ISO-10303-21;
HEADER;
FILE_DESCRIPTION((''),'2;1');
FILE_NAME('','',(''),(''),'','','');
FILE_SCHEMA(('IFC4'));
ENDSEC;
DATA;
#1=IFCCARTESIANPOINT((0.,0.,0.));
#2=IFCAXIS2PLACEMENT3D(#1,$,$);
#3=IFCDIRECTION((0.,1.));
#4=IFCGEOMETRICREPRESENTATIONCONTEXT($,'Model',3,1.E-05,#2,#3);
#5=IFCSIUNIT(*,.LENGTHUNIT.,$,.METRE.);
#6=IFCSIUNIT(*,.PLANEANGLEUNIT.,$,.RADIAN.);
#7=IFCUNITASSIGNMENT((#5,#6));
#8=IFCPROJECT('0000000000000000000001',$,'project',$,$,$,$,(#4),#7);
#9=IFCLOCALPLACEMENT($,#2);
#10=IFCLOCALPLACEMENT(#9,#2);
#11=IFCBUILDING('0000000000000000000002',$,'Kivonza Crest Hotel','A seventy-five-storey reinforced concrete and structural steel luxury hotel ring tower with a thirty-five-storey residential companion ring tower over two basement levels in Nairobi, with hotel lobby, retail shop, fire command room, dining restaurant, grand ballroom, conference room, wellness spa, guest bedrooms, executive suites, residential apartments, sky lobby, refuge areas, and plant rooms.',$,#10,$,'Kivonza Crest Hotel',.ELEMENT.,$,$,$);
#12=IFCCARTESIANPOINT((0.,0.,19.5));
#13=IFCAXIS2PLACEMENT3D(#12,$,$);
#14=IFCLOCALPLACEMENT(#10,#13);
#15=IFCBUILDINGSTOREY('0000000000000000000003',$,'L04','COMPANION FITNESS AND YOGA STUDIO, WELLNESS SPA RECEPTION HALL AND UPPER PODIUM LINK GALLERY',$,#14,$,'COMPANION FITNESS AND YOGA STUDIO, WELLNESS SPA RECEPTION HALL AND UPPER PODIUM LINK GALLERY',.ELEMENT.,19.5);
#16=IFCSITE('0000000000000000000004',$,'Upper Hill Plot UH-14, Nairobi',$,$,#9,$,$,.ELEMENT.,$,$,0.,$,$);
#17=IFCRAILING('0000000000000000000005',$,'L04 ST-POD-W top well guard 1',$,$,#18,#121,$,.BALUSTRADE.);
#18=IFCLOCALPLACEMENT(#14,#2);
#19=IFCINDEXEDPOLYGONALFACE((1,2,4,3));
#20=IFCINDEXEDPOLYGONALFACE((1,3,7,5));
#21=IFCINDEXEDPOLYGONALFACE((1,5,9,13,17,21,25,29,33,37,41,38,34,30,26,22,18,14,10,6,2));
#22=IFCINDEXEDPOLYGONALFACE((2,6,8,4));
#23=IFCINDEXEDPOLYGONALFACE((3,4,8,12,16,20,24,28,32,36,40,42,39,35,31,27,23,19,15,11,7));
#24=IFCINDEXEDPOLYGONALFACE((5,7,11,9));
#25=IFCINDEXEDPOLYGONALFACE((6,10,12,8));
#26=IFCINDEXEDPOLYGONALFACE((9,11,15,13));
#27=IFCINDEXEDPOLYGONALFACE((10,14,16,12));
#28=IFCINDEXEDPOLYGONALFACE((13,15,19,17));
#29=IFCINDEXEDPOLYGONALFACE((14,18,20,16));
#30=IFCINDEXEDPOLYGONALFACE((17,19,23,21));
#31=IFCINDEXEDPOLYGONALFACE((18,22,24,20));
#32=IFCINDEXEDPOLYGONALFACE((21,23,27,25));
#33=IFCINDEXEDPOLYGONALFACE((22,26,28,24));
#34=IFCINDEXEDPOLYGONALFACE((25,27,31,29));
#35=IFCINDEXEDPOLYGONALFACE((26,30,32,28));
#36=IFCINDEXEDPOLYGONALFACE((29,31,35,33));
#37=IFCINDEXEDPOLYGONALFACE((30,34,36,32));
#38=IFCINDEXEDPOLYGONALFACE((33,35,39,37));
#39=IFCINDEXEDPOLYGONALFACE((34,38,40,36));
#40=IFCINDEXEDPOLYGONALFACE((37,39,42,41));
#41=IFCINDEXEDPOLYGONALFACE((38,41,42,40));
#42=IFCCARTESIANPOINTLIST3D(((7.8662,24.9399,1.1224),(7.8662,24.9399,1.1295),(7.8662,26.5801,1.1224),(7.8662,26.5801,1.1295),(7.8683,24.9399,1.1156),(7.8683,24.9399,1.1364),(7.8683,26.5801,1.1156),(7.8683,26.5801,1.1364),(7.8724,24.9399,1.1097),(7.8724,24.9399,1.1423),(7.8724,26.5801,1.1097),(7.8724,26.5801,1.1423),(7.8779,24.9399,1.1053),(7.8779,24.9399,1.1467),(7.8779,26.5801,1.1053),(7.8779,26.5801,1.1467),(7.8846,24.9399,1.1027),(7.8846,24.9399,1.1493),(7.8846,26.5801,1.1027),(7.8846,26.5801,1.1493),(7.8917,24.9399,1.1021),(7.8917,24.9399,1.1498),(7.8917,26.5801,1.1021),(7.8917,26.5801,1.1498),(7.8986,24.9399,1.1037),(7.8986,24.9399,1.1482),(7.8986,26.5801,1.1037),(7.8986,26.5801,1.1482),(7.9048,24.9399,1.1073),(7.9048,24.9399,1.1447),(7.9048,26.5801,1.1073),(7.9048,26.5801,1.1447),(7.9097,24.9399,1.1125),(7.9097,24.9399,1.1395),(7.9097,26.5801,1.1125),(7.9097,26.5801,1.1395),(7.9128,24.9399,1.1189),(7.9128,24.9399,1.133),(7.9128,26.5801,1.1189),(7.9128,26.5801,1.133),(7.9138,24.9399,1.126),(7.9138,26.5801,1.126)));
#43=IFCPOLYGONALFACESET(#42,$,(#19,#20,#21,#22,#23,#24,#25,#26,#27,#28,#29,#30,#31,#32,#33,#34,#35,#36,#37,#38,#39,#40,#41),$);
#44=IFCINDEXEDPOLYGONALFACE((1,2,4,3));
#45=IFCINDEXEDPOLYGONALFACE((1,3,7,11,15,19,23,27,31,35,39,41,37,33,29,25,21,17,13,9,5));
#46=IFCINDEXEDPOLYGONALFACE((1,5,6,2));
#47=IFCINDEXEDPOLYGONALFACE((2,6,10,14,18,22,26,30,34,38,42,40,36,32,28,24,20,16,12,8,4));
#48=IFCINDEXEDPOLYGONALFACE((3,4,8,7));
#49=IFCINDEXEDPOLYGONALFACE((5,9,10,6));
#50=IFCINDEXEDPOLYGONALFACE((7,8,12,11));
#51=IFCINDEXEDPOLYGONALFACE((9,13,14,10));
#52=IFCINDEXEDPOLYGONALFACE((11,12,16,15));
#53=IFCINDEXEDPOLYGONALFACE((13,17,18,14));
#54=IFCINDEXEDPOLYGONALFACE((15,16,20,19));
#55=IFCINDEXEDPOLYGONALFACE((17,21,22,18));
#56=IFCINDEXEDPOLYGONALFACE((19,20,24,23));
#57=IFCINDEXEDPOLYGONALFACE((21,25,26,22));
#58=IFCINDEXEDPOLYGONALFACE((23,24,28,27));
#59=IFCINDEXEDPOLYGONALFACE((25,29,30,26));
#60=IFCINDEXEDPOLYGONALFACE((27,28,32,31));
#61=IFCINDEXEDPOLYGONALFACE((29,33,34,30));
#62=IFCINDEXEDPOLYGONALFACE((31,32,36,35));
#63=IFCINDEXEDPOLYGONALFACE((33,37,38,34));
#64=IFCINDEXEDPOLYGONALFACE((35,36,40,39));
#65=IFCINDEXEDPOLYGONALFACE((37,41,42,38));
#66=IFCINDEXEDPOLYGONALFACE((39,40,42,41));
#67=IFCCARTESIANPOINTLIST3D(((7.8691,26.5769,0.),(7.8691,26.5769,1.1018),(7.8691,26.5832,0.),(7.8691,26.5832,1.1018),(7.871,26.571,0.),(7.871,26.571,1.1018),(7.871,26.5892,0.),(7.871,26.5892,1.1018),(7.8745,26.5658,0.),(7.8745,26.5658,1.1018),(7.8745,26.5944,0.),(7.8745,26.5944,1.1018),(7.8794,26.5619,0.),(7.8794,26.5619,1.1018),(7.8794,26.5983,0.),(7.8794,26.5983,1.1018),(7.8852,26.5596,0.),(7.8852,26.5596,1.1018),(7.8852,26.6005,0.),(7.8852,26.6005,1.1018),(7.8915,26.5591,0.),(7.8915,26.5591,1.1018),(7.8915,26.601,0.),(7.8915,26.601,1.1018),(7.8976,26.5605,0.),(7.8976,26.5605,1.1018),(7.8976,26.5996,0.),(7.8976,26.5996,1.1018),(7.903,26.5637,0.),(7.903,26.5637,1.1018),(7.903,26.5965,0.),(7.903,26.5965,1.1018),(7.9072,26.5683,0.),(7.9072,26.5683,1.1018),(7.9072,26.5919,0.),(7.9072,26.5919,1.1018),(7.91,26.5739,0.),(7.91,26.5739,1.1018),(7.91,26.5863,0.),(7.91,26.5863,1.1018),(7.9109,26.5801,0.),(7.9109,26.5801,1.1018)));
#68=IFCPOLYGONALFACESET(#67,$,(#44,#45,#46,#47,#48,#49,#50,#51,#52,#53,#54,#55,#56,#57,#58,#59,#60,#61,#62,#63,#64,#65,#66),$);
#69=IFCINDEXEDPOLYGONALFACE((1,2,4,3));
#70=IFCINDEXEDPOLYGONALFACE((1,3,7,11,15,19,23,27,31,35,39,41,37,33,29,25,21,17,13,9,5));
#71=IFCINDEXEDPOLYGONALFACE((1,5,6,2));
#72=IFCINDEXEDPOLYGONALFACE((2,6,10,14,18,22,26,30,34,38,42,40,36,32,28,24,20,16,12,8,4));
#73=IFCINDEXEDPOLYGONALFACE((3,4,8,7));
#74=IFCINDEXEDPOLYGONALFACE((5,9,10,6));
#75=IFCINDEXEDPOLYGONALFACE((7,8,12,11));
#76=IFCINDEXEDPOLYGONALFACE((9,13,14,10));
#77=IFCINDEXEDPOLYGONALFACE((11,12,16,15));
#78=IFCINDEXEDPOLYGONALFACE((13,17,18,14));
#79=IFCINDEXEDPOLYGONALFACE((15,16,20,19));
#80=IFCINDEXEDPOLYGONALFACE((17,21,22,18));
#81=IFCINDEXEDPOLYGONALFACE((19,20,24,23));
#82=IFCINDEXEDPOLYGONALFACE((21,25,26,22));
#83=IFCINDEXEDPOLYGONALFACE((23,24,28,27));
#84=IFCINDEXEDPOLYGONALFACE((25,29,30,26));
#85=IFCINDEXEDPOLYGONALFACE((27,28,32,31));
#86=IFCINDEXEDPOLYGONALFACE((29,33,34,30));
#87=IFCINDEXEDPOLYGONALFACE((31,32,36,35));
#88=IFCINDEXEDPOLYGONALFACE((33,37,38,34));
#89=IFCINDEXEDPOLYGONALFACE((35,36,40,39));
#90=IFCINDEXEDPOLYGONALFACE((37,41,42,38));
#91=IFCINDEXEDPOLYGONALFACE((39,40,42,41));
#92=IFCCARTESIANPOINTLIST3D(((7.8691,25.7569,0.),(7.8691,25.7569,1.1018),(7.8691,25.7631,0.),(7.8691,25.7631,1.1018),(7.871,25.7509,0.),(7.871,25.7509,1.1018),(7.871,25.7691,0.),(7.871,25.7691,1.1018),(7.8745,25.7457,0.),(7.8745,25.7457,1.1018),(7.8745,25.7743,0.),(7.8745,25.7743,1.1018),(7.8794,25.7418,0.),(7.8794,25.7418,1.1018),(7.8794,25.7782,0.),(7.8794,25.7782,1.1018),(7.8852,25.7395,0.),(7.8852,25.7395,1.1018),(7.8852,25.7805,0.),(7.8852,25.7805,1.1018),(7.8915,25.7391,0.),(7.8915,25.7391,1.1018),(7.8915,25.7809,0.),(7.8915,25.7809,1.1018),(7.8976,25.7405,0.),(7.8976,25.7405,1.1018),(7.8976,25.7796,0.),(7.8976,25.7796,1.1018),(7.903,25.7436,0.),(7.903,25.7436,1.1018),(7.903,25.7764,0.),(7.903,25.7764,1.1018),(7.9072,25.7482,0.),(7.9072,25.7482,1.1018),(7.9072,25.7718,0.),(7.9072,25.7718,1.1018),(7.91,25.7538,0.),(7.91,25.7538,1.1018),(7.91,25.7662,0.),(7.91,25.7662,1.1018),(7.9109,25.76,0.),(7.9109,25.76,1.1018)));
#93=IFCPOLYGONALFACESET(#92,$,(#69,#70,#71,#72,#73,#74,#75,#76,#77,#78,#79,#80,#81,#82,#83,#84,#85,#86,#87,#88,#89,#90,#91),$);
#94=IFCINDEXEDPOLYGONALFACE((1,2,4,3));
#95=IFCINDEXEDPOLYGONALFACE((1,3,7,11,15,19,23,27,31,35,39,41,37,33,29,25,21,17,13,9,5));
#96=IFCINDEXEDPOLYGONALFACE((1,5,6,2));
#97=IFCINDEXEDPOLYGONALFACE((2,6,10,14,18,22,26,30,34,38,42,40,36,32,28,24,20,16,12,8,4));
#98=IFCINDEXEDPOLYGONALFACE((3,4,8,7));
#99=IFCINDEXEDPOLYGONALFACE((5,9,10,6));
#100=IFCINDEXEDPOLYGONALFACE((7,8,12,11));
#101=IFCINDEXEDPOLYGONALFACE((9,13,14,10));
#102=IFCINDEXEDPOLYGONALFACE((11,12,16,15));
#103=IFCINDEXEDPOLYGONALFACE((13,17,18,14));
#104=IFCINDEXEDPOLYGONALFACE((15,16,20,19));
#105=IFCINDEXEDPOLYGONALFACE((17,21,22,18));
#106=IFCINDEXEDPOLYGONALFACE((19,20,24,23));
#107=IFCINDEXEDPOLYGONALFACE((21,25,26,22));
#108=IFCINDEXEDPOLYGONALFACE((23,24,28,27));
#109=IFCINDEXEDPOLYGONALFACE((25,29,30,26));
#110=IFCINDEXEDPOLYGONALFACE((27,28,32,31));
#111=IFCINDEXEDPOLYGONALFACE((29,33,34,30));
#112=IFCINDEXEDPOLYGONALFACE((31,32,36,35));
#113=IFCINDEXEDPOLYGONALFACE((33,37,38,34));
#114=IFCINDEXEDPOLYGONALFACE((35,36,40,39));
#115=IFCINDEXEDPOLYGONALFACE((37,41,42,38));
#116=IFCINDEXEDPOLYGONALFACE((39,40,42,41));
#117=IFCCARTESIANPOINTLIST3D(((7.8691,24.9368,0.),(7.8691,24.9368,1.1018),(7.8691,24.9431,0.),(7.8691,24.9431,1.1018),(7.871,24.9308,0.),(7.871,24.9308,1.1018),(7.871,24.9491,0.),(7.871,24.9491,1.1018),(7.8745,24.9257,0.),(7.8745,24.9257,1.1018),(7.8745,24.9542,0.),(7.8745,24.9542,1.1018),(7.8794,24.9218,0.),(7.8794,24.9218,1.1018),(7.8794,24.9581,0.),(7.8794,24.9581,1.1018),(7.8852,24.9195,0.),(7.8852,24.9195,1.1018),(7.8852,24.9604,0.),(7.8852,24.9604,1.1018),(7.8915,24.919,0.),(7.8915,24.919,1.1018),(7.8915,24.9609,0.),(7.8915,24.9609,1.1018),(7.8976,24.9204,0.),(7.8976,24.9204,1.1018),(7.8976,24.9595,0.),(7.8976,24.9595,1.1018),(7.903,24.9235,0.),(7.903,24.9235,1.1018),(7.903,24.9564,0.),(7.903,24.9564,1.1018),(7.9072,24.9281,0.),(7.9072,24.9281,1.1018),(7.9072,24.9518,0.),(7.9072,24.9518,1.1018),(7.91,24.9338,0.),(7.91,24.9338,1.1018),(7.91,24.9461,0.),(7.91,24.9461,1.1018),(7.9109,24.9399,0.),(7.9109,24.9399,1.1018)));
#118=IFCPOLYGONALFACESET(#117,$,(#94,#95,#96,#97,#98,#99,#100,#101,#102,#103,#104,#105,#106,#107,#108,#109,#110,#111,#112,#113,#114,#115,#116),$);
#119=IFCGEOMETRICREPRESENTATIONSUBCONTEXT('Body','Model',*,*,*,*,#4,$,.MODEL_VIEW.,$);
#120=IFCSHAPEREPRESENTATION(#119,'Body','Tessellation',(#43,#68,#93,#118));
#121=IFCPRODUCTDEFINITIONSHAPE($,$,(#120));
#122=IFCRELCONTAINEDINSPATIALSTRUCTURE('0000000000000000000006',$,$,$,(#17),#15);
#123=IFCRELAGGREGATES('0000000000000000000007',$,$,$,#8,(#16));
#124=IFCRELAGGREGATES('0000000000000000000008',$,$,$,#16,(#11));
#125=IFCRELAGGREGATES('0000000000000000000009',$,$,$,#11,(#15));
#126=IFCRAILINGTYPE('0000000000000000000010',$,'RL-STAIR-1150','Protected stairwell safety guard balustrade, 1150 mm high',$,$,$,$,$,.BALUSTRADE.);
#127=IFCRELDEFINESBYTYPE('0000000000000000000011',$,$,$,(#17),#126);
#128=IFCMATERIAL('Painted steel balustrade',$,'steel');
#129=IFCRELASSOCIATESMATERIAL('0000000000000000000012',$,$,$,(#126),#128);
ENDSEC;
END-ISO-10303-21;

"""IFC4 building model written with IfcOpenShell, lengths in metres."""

from ifc_helpers import new_model, si_unit, direction, frame, origin, origin_2d, place, context, subcontext, project, spatial, circle, extrude, material, type_object, element, save


model = new_model("IFC4")

# Units and contexts
model_context = context("Model", 3, precision=1e-05, world=origin(), true_north=direction((0.0, 1.0)))
body_context = subcontext(model_context, "Body", "Model", "MODEL_VIEW")
ifc_project = project(units=[si_unit("LENGTHUNIT", "METRE"), si_unit("PLANEANGLEUNIT", "RADIAN")], contexts=[model_context])

# Site, building, storey
site_placement = place(None, origin())
site = spatial("IfcSite", under=ifc_project, at=site_placement, Name="Upper Hill Plot UH-14, Nairobi", CompositionType="ELEMENT", RefElevation=0.0)
building_placement = place(site_placement, origin())
building = spatial("IfcBuilding", under=site, at=building_placement, Name="Kivonza Crest Hotel", Description="A seventy-five-storey reinforced concrete and structural steel luxury hotel ring tower with a thirty-five-storey residential companion ring tower over two basement levels in Nairobi, with hotel lobby, retail shop, fire command room, dining restaurant, grand ballroom, conference room, wellness spa, guest bedrooms, executive suites, residential apartments, sky lobby, refuge areas, and plant rooms.", LongName="Kivonza Crest Hotel", CompositionType="ELEMENT")
storey_placement = place(building_placement, frame((0.0, 0.0, 19.5)))
storey = spatial("IfcBuildingStorey", under=building, at=storey_placement, Name="L04", Description="COMPANION FITNESS AND YOGA STUDIO, WELLNESS SPA RECEPTION HALL AND UPPER PODIUM LINK GALLERY", LongName="COMPANION FITNESS AND YOGA STUDIO, WELLNESS SPA RECEPTION HALL AND UPPER PODIUM LINK GALLERY", CompositionType="ELEMENT", Elevation=19.5)

# Railing
ifc_material_1 = material(Name="Painted steel balustrade", Category="steel")
railing_type_1 = type_object("IfcRailingType", Name="RL-STAIR-1150", Description="Protected stairwell safety guard balustrade, 1150 mm high", PredefinedType="BALUSTRADE", material=ifc_material_1)
railing_1_placement = place(storey_placement, frame((7.8899, 26.5801, 0.0)))
element("IfcRailing", 1, at=railing_1_placement, inside=storey, type_object=railing_type_1, Name="L04 ST-POD-W top well guard 1", PredefinedType="BALUSTRADE", context=body_context, shape_type="SweptSolid", body=[
    extrude(circle(Radius=0.0239, at=origin_2d()), frame((0.0, 0.0, 1.126), z_axis=(0.0, -1.0, 0.0), x_axis=(1.0, 0.0, 0.0)), (0.0, 0.0, 1.0), 1.6401),
    extrude(circle(Radius=0.021, at=origin_2d()), origin(), (0.0, 0.0, 1.0), 1.1018),
    extrude(circle(Radius=0.021, at=origin_2d()), frame((0.0, -0.8201, 0.0)), (0.0, 0.0, 1.0), 1.1018),
    extrude(circle(Radius=0.021, at=origin_2d()), frame((0.0, -1.6401, 0.0)), (0.0, 0.0, 1.0), 1.1018),
])

save(model, "model.ifc")
